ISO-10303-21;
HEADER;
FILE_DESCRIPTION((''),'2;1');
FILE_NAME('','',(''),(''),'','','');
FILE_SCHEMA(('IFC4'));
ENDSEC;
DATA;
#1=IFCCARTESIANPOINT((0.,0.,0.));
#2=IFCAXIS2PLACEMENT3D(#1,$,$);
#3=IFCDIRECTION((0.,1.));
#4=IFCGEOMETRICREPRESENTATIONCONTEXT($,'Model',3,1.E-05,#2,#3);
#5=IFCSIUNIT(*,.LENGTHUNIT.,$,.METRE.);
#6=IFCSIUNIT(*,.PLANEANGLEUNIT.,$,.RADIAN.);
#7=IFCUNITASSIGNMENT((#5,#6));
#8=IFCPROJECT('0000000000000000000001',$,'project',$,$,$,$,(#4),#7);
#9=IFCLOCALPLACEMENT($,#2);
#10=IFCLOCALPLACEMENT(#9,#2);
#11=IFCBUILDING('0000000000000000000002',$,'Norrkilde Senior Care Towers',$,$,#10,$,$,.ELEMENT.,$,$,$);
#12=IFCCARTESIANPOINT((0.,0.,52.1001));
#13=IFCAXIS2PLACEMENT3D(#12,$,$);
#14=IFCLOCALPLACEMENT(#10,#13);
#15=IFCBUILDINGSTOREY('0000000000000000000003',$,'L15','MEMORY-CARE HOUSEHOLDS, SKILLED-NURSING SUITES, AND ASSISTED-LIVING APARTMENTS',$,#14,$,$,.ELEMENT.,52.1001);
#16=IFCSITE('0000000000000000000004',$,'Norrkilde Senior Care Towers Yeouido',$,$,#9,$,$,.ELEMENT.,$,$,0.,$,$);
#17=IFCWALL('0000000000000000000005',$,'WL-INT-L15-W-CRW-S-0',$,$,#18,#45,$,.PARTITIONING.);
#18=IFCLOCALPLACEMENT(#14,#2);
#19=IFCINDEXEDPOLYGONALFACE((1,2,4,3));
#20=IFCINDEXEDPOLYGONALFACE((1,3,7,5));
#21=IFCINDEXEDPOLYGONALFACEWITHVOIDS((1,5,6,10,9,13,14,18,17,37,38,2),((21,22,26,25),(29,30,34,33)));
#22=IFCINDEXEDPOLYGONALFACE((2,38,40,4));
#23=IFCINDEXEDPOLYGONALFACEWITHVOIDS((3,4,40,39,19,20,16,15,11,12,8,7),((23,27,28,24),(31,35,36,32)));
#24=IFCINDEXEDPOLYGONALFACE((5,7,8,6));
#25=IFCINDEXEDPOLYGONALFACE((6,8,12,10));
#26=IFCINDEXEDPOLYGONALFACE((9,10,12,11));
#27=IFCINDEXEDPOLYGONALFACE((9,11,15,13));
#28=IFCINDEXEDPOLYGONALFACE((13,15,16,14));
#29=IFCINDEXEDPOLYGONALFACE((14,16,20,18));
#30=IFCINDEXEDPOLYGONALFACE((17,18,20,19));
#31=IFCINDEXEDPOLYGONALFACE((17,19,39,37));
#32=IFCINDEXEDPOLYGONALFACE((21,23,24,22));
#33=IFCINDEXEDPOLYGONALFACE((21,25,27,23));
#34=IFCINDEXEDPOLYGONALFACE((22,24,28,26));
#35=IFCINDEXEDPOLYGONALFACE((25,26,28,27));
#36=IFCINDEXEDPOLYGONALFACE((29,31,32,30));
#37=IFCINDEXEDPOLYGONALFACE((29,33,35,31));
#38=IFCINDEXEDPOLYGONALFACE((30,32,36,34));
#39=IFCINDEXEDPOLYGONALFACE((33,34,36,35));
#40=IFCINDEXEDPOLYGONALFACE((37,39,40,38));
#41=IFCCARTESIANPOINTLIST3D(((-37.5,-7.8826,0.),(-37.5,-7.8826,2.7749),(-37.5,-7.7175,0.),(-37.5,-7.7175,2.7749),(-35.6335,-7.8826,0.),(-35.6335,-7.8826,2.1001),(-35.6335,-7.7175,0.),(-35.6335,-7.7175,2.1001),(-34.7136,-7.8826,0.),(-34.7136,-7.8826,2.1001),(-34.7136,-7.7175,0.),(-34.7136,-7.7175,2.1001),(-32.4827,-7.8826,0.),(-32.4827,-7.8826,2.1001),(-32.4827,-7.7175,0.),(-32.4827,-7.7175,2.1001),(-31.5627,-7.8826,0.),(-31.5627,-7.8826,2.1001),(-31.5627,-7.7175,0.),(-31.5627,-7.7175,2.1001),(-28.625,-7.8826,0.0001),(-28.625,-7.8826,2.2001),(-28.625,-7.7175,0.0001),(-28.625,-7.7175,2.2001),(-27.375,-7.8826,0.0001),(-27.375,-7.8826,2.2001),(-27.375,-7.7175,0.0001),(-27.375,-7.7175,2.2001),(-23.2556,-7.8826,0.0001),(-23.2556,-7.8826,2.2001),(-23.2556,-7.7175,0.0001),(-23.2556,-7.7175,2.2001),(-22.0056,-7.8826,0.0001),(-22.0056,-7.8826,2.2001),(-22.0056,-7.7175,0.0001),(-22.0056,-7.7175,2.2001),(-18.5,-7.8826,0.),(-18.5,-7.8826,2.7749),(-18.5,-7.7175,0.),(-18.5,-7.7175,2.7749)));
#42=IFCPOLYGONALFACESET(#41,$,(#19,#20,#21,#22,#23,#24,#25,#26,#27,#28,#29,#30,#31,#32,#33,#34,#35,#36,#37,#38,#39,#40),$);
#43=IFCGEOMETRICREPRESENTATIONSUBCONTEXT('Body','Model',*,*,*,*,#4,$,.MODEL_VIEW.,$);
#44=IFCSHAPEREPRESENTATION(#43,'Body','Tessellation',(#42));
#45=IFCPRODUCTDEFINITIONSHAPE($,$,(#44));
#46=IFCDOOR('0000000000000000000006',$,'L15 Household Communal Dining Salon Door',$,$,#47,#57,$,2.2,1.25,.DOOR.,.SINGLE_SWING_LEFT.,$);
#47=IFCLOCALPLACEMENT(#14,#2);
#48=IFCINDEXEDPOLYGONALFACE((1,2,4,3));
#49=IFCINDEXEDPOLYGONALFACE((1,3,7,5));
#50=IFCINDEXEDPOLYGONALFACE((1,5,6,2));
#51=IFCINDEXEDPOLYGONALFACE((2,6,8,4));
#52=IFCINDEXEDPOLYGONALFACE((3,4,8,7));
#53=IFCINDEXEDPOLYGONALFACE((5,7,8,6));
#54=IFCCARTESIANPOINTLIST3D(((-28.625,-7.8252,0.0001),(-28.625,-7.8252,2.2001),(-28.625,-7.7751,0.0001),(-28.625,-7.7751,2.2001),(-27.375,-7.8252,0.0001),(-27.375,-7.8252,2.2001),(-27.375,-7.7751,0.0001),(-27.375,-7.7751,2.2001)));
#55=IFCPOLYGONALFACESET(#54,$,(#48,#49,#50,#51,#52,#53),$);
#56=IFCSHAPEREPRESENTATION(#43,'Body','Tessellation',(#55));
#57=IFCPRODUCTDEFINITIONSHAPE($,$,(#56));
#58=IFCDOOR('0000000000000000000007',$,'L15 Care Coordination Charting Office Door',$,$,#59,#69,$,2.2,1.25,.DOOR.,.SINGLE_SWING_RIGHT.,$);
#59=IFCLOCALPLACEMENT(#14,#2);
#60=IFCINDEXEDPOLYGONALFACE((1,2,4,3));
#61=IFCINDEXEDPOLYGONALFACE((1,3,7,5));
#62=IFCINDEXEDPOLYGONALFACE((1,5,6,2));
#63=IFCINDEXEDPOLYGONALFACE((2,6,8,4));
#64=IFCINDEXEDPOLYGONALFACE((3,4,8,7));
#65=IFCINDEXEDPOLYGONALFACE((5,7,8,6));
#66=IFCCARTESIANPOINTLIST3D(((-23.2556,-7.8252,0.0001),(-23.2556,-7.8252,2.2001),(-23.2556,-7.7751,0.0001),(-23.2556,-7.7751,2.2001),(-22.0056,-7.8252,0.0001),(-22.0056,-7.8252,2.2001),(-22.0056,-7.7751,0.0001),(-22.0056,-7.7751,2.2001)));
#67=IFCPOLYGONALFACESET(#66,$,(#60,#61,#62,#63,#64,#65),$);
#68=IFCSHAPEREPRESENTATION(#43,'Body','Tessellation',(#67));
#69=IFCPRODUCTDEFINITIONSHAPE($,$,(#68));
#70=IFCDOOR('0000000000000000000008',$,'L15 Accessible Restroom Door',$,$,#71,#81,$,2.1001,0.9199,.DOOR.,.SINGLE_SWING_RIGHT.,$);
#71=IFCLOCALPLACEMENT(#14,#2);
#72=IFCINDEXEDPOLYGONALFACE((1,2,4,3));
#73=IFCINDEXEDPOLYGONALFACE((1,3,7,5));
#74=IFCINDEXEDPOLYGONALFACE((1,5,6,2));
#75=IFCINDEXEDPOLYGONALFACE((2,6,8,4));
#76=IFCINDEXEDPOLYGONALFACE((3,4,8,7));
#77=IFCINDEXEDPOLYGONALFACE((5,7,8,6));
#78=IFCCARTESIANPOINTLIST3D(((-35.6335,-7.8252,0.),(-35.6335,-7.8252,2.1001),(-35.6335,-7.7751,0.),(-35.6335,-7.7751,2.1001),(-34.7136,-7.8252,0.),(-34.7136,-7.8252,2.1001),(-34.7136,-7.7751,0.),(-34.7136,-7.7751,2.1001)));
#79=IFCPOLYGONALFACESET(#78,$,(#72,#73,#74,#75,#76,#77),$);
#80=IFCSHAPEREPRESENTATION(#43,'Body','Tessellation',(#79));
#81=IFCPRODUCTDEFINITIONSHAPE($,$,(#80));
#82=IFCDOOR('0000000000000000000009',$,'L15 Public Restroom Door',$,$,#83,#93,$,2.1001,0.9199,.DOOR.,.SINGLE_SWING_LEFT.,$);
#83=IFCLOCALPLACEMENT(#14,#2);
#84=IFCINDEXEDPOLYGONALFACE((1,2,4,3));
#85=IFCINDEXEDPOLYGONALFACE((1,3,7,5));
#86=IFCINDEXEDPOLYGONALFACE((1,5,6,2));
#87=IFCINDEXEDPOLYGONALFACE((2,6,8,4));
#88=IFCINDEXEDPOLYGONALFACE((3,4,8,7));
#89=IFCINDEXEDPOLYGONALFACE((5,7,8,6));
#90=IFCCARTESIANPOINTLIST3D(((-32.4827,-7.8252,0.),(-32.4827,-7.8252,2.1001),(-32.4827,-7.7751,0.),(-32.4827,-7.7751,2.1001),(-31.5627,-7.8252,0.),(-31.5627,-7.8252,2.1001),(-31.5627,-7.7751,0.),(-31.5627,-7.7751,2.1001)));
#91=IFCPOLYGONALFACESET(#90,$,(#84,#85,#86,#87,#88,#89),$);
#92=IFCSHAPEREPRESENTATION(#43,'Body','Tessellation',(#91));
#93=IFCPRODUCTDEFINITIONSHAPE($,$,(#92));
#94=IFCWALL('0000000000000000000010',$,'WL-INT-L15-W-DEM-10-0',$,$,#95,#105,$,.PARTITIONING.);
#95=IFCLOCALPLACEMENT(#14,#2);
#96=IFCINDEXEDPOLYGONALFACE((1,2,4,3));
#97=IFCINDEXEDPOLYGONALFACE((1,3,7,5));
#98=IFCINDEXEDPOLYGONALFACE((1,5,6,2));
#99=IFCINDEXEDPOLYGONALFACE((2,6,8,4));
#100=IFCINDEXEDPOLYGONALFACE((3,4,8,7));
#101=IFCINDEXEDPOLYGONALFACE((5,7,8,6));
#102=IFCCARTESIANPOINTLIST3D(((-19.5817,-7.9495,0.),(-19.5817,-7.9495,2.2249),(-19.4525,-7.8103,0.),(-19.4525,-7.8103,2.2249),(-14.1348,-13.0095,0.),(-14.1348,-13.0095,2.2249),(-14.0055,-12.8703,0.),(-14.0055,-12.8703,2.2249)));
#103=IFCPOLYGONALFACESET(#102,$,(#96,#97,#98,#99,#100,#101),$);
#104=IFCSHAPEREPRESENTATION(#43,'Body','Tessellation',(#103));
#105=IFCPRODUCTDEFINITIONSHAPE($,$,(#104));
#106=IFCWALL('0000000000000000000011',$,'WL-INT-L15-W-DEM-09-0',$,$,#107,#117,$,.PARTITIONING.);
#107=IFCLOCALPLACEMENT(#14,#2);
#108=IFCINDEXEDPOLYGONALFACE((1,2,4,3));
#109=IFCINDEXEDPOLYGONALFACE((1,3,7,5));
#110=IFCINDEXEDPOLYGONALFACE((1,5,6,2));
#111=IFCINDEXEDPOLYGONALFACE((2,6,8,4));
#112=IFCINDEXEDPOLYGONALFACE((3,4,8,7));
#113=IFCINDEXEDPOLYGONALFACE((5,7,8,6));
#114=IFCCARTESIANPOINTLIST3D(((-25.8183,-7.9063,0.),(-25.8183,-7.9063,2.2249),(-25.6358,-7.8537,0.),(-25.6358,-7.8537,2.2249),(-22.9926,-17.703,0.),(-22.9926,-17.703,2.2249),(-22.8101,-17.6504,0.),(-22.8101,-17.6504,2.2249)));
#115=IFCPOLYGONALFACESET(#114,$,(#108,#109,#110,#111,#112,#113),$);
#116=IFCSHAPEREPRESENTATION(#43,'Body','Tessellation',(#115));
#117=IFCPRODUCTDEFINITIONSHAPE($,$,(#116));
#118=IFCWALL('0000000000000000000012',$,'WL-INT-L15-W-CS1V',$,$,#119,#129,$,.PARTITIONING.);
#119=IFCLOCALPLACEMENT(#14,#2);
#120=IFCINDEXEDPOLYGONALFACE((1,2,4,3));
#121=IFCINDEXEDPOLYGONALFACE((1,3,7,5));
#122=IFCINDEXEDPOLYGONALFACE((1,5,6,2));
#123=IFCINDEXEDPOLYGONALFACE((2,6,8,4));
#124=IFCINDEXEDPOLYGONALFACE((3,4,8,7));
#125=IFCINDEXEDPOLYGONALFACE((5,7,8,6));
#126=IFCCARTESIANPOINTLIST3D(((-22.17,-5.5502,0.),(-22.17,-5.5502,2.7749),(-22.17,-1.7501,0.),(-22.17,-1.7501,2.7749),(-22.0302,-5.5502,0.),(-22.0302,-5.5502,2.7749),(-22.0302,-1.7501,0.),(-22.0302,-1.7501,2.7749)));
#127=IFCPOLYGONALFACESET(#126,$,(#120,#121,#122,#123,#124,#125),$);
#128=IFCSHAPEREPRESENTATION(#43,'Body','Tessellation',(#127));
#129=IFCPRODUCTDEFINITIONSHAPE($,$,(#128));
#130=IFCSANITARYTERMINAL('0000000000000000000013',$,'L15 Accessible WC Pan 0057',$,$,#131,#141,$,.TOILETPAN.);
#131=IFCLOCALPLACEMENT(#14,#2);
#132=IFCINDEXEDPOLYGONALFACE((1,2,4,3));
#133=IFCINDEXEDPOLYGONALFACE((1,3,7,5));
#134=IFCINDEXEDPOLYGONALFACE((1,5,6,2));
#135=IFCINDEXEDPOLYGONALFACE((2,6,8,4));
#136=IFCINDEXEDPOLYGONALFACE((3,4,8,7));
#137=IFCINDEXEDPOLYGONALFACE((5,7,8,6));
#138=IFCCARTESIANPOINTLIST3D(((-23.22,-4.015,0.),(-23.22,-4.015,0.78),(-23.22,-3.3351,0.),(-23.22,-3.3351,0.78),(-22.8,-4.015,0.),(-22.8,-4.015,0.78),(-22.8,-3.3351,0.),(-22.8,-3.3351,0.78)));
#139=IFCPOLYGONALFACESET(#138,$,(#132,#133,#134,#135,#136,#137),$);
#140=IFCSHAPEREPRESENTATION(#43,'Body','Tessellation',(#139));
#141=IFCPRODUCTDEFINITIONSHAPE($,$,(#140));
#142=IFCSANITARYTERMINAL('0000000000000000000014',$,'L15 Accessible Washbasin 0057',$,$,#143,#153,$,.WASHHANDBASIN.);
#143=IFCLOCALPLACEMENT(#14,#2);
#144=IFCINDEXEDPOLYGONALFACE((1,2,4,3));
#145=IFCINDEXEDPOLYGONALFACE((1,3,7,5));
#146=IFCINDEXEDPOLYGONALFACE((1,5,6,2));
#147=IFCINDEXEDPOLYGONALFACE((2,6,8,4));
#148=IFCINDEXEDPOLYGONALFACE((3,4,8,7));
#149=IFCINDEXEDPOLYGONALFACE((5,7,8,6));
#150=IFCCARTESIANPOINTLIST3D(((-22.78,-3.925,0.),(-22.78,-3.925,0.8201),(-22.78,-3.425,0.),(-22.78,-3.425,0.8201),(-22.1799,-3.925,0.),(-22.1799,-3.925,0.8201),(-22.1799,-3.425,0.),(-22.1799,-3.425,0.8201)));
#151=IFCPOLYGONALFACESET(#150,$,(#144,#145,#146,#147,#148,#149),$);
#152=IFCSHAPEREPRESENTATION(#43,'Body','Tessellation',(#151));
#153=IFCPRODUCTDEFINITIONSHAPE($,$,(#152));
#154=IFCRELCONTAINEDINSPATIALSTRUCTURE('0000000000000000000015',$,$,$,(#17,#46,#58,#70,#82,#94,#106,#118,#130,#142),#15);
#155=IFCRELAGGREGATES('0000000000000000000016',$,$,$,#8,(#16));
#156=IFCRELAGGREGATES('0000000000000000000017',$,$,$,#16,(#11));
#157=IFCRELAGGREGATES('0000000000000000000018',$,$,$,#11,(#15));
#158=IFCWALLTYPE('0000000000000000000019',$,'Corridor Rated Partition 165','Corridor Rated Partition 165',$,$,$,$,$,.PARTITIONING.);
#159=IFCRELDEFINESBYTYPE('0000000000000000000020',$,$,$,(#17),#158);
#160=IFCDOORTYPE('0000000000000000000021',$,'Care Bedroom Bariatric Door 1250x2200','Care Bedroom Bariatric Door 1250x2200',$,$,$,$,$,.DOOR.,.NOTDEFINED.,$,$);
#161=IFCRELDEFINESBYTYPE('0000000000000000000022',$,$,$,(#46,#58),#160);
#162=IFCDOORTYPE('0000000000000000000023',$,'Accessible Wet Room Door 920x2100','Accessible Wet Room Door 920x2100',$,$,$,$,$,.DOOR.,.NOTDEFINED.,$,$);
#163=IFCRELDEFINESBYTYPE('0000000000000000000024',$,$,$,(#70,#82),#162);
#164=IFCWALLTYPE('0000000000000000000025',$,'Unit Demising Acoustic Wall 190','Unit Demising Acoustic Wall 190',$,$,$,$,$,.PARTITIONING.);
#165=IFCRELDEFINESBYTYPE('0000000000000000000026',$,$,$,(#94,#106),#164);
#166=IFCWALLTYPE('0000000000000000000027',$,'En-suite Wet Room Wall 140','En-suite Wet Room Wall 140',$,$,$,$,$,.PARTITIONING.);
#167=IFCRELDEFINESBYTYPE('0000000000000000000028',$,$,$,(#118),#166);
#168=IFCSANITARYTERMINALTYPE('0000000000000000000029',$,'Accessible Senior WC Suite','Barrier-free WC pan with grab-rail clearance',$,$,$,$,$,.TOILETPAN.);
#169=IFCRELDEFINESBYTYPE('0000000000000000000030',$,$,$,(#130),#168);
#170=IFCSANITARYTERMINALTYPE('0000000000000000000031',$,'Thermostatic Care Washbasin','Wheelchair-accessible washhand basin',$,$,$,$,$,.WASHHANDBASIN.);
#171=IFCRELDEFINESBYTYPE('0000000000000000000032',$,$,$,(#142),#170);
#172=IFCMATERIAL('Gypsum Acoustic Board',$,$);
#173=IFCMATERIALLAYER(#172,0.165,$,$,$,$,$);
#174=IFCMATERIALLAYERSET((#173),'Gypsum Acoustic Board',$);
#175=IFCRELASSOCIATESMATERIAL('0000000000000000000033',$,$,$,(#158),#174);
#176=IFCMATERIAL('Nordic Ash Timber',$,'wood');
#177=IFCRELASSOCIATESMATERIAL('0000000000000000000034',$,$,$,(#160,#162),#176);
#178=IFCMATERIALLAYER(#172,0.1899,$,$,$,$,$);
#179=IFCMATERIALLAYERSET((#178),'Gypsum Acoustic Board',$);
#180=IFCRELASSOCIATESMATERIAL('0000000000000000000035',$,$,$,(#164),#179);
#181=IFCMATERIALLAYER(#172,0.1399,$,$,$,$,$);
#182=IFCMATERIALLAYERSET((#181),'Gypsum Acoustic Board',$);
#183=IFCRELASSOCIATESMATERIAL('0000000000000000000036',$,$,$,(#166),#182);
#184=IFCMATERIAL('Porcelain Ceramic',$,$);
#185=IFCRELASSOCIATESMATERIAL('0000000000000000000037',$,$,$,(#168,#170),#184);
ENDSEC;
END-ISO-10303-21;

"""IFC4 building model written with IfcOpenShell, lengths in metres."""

from ifc_helpers import new_model, si_unit, direction, frame, frame_2d, origin, origin_2d, place, context, subcontext, project, spatial, rectangle, extrude, source, transform, mapped, material, layer, layer_set, type_object, type_shapes, element, fill, save


model = new_model("IFC4")

# Units and contexts
model_context = context("Model", 3, precision=1e-05, world=origin(), true_north=direction((0.0, 1.0)))
body_context = subcontext(model_context, "Body", "Model", "MODEL_VIEW")
ifc_project = project(units=[si_unit("LENGTHUNIT", "METRE"), si_unit("PLANEANGLEUNIT", "RADIAN")], contexts=[model_context])

# Site, building, storey
site_placement = place(None, origin())
site = spatial("IfcSite", under=ifc_project, at=site_placement, Name="Norrkilde Senior Care Towers Yeouido", CompositionType="ELEMENT", RefElevation=0.0)
building_placement = place(site_placement, origin())
building = spatial("IfcBuilding", under=site, at=building_placement, Name="Norrkilde Senior Care Towers", CompositionType="ELEMENT")
storey_placement = place(building_placement, frame((0.0, 0.0, 52.1001)))
storey = spatial("IfcBuildingStorey", under=building, at=storey_placement, Name="L15", Description="MEMORY-CARE HOUSEHOLDS, SKILLED-NURSING SUITES, AND ASSISTED-LIVING APARTMENTS", CompositionType="ELEMENT", Elevation=52.1001)

# Wall, openings, doors
ifc_material_1 = material(Name="Gypsum Acoustic Board")
ifc_layer_1 = layer(ifc_material_1, 0.165)
ifc_layer_set_1 = layer_set([ifc_layer_1], Name="Gypsum Acoustic Board")
wall_type_1 = type_object("IfcWallType", Name="Corridor Rated Partition 165", Description="Corridor Rated Partition 165", PredefinedType="PARTITIONING", material=ifc_layer_set_1)
shared_shape_1 = source(origin(), body_context, "Body", "SweptSolid", [
    extrude(rectangle(XDim=19.0, YDim=0.165, at=frame_2d((9.5, 0.0))), origin(), (0.0, 0.0, 1.0), 2.7749),
])
wall_1_placement = place(storey_placement, frame((-18.5, -7.8, 0.0), z_axis=(0.0, 0.0, 1.0), x_axis=(-1.0, 0.0, 0.0)))
wall_1 = element("IfcWall", 1, at=wall_1_placement, inside=storey, type_object=wall_type_1, Name="WL-INT-L15-W-CRW-S-0", PredefinedType="PARTITIONING", context=body_context, shape_type="MappedRepresentation", body=[
    mapped(shared_shape_1, transform((0.0, 0.0, 0.0), x_axis=(1.0, 0.0, 0.0), y_axis=(0.0, 1.0, 0.0), z_axis=(0.0, 0.0, 1.0), scale=1.0)),
])
opening_1_placement = place(wall_1_placement, frame((16.2136, 0.0, 0.0)))
opening_1 = element("IfcOpeningElement", 2, at=opening_1_placement, cuts=wall_1, PredefinedType="OPENING", context=body_context, shape_type="SweptSolid", body=[
    extrude(rectangle(XDim=0.9199, YDim=2.1001, at=frame_2d((0.46, 1.05))), frame((0.0, 0.0925, 0.0), z_axis=(0.0, -1.0, 0.0), x_axis=(1.0, 0.0, 0.0)), (0.0, 0.0, 1.0), 0.1851),
])
opening_2_placement = place(wall_1_placement, frame((13.0627, 0.0, 0.0)))
opening_2 = element("IfcOpeningElement", 3, at=opening_2_placement, cuts=wall_1, PredefinedType="OPENING", context=body_context, shape_type="SweptSolid", body=[
    extrude(rectangle(XDim=0.9199, YDim=2.1001, at=frame_2d((0.46, 1.05))), frame((0.0, 0.0925, 0.0), z_axis=(0.0, -1.0, 0.0), x_axis=(1.0, 0.0, 0.0)), (0.0, 0.0, 1.0), 0.1851),
])
opening_3_placement = place(wall_1_placement, frame((8.875, 0.0, 0.0)))
opening_3 = element("IfcOpeningElement", 4, at=opening_3_placement, cuts=wall_1, PredefinedType="OPENING", context=body_context, shape_type="SweptSolid", body=[
    extrude(rectangle(XDim=1.25, YDim=2.2, at=frame_2d((0.625, 1.1001))), frame((0.0, 0.0925, 0.0), z_axis=(0.0, -1.0, 0.0), x_axis=(1.0, 0.0, 0.0)), (0.0, 0.0, 1.0), 0.1851),
])
opening_4_placement = place(wall_1_placement, frame((3.5056, 0.0, 0.0)))
opening_4 = element("IfcOpeningElement", 5, at=opening_4_placement, cuts=wall_1, PredefinedType="OPENING", context=body_context, shape_type="SweptSolid", body=[
    extrude(rectangle(XDim=1.25, YDim=2.2, at=frame_2d((0.625, 1.1001))), frame((0.0, 0.0925, 0.0), z_axis=(0.0, -1.0, 0.0), x_axis=(1.0, 0.0, 0.0)), (0.0, 0.0, 1.0), 0.1851),
])
ifc_material_2 = material(Name="Nordic Ash Timber", Category="wood")
door_type_1 = type_object("IfcDoorType", Name="Care Bedroom Bariatric Door 1250x2200", Description="Care Bedroom Bariatric Door 1250x2200", OperationType="NOTDEFINED", PredefinedType="DOOR", material=ifc_material_2)
shared_shape_2 = source(origin(), body_context, "Body", "SweptSolid", [
    extrude(rectangle(XDim=1.25, YDim=2.2, at=frame_2d((0.625, 1.1001))), frame((0.0, 0.0249, 0.0), z_axis=(0.0, -1.0, 0.0), x_axis=(1.0, 0.0, 0.0)), (0.0, 0.0, 1.0), 0.05),
])
type_shapes(door_type_1, [shared_shape_2])
door_1_placement = place(opening_3_placement, frame((1.25, 0.0, 0.0), z_axis=(0.0, 0.0, 1.0), x_axis=(-1.0, 0.0, 0.0)))
door_1 = element("IfcDoor", 6, at=door_1_placement, inside=storey, type_object=door_type_1, Name="L15 Household Communal Dining Salon Door", OperationType="SINGLE_SWING_LEFT", OverallHeight=2.2, OverallWidth=1.25, PredefinedType="DOOR", context=body_context, shape_type="MappedRepresentation", body=[
    mapped(shared_shape_2, transform((0.0, 0.0, 0.0), x_axis=(1.0, 0.0, 0.0), y_axis=(0.0, 1.0, 0.0), z_axis=(0.0, 0.0, 1.0), scale=1.0)),
])
fill(opening_3, door_1)
door_2_placement = place(opening_4_placement, frame((1.25, 0.0, 0.0), z_axis=(0.0, 0.0, 1.0), x_axis=(-1.0, 0.0, 0.0)))
door_2 = element("IfcDoor", 7, at=door_2_placement, inside=storey, type_object=door_type_1, Name="L15 Care Coordination Charting Office Door", OperationType="SINGLE_SWING_RIGHT", OverallHeight=2.2, OverallWidth=1.25, PredefinedType="DOOR", context=body_context, shape_type="MappedRepresentation", body=[
    mapped(shared_shape_2, transform((0.0, 0.0, 0.0), x_axis=(1.0, 0.0, 0.0), y_axis=(0.0, 1.0, 0.0), z_axis=(0.0, 0.0, 1.0), scale=1.0)),
])
fill(opening_4, door_2)
door_type_2 = type_object("IfcDoorType", Name="Accessible Wet Room Door 920x2100", Description="Accessible Wet Room Door 920x2100", OperationType="NOTDEFINED", PredefinedType="DOOR", material=ifc_material_2)
shared_shape_3 = source(origin(), body_context, "Body", "SweptSolid", [
    extrude(rectangle(XDim=0.9199, YDim=2.1001, at=frame_2d((0.46, 1.05))), frame((0.0, 0.0249, 0.0), z_axis=(0.0, -1.0, 0.0), x_axis=(1.0, 0.0, 0.0)), (0.0, 0.0, 1.0), 0.05),
])
type_shapes(door_type_2, [shared_shape_3])
door_3_placement = place(opening_1_placement, frame((0.9199, 0.0, 0.0), z_axis=(0.0, 0.0, 1.0), x_axis=(-1.0, 0.0, 0.0)))
door_3 = element("IfcDoor", 8, at=door_3_placement, inside=storey, type_object=door_type_2, Name="L15 Accessible Restroom Door", OperationType="SINGLE_SWING_RIGHT", OverallHeight=2.1001, OverallWidth=0.9199, PredefinedType="DOOR", context=body_context, shape_type="MappedRepresentation", body=[
    mapped(shared_shape_3, transform((0.0, 0.0, 0.0), x_axis=(1.0, 0.0, 0.0), y_axis=(0.0, 1.0, 0.0), z_axis=(0.0, 0.0, 1.0), scale=1.0)),
])
fill(opening_1, door_3)
door_4_placement = place(opening_2_placement, frame((0.9199, 0.0, 0.0), z_axis=(0.0, 0.0, 1.0), x_axis=(-1.0, 0.0, 0.0)))
door_4 = element("IfcDoor", 9, at=door_4_placement, inside=storey, type_object=door_type_2, Name="L15 Public Restroom Door", OperationType="SINGLE_SWING_LEFT", OverallHeight=2.1001, OverallWidth=0.9199, PredefinedType="DOOR", context=body_context, shape_type="MappedRepresentation", body=[
    mapped(shared_shape_3, transform((0.0, 0.0, 0.0), x_axis=(1.0, 0.0, 0.0), y_axis=(0.0, 1.0, 0.0), z_axis=(0.0, 0.0, 1.0), scale=1.0)),
])
fill(opening_2, door_4)

# Walls
ifc_layer_2 = layer(ifc_material_1, 0.1899)
ifc_layer_set_2 = layer_set([ifc_layer_2], Name="Gypsum Acoustic Board")
wall_type_2 = type_object("IfcWallType", Name="Unit Demising Acoustic Wall 190", Description="Unit Demising Acoustic Wall 190", PredefinedType="PARTITIONING", material=ifc_layer_set_2)
shared_shape_4 = source(origin(), body_context, "Body", "SweptSolid", [
    extrude(rectangle(XDim=7.4346, YDim=0.1899, at=frame_2d((3.7173, 0.0))), origin(), (0.0, 0.0, 1.0), 2.2249),
])
wall_2_placement = place(storey_placement, frame((-19.5171, -7.8799, 0.0), z_axis=(0.0, 0.0, 1.0), x_axis=(0.732652, -0.680603, 0.0)))
element("IfcWall", 10, at=wall_2_placement, inside=storey, type_object=wall_type_2, Name="WL-INT-L15-W-DEM-10-0", PredefinedType="PARTITIONING", context=body_context, shape_type="MappedRepresentation", body=[
    mapped(shared_shape_4, transform((0.0, 0.0, 0.0), x_axis=(1.0, 0.0, 0.0), y_axis=(0.0, 1.0, 0.0), z_axis=(0.0, 0.0, 1.0), scale=1.0)),
])
shared_shape_5 = source(origin(), body_context, "Body", "SweptSolid", [
    extrude(rectangle(XDim=10.196, YDim=0.1899, at=frame_2d((5.0981, 0.0))), origin(), (0.0, 0.0, 1.0), 2.2249),
])
type_shapes(wall_type_2, [shared_shape_4, shared_shape_5])
wall_3_placement = place(storey_placement, frame((-25.7271, -7.8799, 0.0), z_axis=(0.0, 0.0, 1.0), x_axis=(0.277136, -0.960831, 0.0)))
element("IfcWall", 11, at=wall_3_placement, inside=storey, type_object=wall_type_2, Name="WL-INT-L15-W-DEM-09-0", PredefinedType="PARTITIONING", context=body_context, shape_type="MappedRepresentation", body=[
    mapped(shared_shape_5, transform((0.0, 0.0, 0.0), x_axis=(1.0, 0.0, 0.0), y_axis=(0.0, 1.0, 0.0), z_axis=(0.0, 0.0, 1.0), scale=1.0)),
])
ifc_layer_3 = layer(ifc_material_1, 0.1399)
ifc_layer_set_3 = layer_set([ifc_layer_3], Name="Gypsum Acoustic Board")
wall_type_3 = type_object("IfcWallType", Name="En-suite Wet Room Wall 140", Description="En-suite Wet Room Wall 140", PredefinedType="PARTITIONING", material=ifc_layer_set_3)
shared_shape_6 = source(origin(), body_context, "Body", "SweptSolid", [
    extrude(rectangle(XDim=3.8, YDim=0.1399, at=frame_2d((1.8999, 0.0))), origin(), (0.0, 0.0, 1.0), 2.7749),
])
type_shapes(wall_type_3, [shared_shape_6])
wall_4_placement = place(storey_placement, frame((-22.1001, -5.55, 0.0), z_axis=(0.0, 0.0, 1.0), x_axis=(0.0, 1.0, 0.0)))
element("IfcWall", 12, at=wall_4_placement, inside=storey, type_object=wall_type_3, Name="WL-INT-L15-W-CS1V", PredefinedType="PARTITIONING", context=body_context, shape_type="MappedRepresentation", body=[
    mapped(shared_shape_6, transform((0.0, 0.0, 0.0), x_axis=(1.0, 0.0, 0.0), y_axis=(0.0, 1.0, 0.0), z_axis=(0.0, 0.0, 1.0), scale=1.0)),
])

# Sanitary terminals
ifc_material_3 = material(Name="Porcelain Ceramic")
sanitary_terminal_type_1 = type_object("IfcSanitaryTerminalType", Name="Accessible Senior WC Suite", Description="Barrier-free WC pan with grab-rail clearance", PredefinedType="TOILETPAN", material=ifc_material_3)
shared_shape_7 = source(origin(), body_context, "Body", "SweptSolid", [
    extrude(rectangle(XDim=0.4199, YDim=0.6799, at=origin_2d()), origin(), (0.0, 0.0, 1.0), 0.78),
])
type_shapes(sanitary_terminal_type_1, [shared_shape_7])
sanitary_terminal_1_placement = place(storey_placement, frame((-23.01, -3.675, 0.0), z_axis=(0.0, 0.0, 1.0), x_axis=(1.0, 0.0, 0.0)))
element("IfcSanitaryTerminal", 13, at=sanitary_terminal_1_placement, inside=storey, type_object=sanitary_terminal_type_1, Name="L15 Accessible WC Pan 0057", PredefinedType="TOILETPAN", context=body_context, shape_type="MappedRepresentation", body=[
    mapped(shared_shape_7, transform((0.0, 0.0, 0.0), x_axis=(1.0, 0.0, 0.0), y_axis=(0.0, 1.0, 0.0), z_axis=(0.0, 0.0, 1.0), scale=1.0)),
])
sanitary_terminal_type_2 = type_object("IfcSanitaryTerminalType", Name="Thermostatic Care Washbasin", Description="Wheelchair-accessible washhand basin", PredefinedType="WASHHANDBASIN", material=ifc_material_3)
shared_shape_8 = source(origin(), body_context, "Body", "SweptSolid", [
    extrude(rectangle(XDim=0.6001, YDim=0.5, at=origin_2d()), origin(), (0.0, 0.0, 1.0), 0.8201),
])
type_shapes(sanitary_terminal_type_2, [shared_shape_8])
sanitary_terminal_2_placement = place(storey_placement, frame((-22.48, -3.675, 0.0), z_axis=(0.0, 0.0, 1.0), x_axis=(1.0, 0.0, 0.0)))
element("IfcSanitaryTerminal", 14, at=sanitary_terminal_2_placement, inside=storey, type_object=sanitary_terminal_type_2, Name="L15 Accessible Washbasin 0057", PredefinedType="WASHHANDBASIN", context=body_context, shape_type="MappedRepresentation", body=[
    mapped(shared_shape_8, transform((0.0, 0.0, 0.0), x_axis=(1.0, 0.0, 0.0), y_axis=(0.0, 1.0, 0.0), z_axis=(0.0, 0.0, 1.0), scale=1.0)),
])

save(model, "model.ifc")
